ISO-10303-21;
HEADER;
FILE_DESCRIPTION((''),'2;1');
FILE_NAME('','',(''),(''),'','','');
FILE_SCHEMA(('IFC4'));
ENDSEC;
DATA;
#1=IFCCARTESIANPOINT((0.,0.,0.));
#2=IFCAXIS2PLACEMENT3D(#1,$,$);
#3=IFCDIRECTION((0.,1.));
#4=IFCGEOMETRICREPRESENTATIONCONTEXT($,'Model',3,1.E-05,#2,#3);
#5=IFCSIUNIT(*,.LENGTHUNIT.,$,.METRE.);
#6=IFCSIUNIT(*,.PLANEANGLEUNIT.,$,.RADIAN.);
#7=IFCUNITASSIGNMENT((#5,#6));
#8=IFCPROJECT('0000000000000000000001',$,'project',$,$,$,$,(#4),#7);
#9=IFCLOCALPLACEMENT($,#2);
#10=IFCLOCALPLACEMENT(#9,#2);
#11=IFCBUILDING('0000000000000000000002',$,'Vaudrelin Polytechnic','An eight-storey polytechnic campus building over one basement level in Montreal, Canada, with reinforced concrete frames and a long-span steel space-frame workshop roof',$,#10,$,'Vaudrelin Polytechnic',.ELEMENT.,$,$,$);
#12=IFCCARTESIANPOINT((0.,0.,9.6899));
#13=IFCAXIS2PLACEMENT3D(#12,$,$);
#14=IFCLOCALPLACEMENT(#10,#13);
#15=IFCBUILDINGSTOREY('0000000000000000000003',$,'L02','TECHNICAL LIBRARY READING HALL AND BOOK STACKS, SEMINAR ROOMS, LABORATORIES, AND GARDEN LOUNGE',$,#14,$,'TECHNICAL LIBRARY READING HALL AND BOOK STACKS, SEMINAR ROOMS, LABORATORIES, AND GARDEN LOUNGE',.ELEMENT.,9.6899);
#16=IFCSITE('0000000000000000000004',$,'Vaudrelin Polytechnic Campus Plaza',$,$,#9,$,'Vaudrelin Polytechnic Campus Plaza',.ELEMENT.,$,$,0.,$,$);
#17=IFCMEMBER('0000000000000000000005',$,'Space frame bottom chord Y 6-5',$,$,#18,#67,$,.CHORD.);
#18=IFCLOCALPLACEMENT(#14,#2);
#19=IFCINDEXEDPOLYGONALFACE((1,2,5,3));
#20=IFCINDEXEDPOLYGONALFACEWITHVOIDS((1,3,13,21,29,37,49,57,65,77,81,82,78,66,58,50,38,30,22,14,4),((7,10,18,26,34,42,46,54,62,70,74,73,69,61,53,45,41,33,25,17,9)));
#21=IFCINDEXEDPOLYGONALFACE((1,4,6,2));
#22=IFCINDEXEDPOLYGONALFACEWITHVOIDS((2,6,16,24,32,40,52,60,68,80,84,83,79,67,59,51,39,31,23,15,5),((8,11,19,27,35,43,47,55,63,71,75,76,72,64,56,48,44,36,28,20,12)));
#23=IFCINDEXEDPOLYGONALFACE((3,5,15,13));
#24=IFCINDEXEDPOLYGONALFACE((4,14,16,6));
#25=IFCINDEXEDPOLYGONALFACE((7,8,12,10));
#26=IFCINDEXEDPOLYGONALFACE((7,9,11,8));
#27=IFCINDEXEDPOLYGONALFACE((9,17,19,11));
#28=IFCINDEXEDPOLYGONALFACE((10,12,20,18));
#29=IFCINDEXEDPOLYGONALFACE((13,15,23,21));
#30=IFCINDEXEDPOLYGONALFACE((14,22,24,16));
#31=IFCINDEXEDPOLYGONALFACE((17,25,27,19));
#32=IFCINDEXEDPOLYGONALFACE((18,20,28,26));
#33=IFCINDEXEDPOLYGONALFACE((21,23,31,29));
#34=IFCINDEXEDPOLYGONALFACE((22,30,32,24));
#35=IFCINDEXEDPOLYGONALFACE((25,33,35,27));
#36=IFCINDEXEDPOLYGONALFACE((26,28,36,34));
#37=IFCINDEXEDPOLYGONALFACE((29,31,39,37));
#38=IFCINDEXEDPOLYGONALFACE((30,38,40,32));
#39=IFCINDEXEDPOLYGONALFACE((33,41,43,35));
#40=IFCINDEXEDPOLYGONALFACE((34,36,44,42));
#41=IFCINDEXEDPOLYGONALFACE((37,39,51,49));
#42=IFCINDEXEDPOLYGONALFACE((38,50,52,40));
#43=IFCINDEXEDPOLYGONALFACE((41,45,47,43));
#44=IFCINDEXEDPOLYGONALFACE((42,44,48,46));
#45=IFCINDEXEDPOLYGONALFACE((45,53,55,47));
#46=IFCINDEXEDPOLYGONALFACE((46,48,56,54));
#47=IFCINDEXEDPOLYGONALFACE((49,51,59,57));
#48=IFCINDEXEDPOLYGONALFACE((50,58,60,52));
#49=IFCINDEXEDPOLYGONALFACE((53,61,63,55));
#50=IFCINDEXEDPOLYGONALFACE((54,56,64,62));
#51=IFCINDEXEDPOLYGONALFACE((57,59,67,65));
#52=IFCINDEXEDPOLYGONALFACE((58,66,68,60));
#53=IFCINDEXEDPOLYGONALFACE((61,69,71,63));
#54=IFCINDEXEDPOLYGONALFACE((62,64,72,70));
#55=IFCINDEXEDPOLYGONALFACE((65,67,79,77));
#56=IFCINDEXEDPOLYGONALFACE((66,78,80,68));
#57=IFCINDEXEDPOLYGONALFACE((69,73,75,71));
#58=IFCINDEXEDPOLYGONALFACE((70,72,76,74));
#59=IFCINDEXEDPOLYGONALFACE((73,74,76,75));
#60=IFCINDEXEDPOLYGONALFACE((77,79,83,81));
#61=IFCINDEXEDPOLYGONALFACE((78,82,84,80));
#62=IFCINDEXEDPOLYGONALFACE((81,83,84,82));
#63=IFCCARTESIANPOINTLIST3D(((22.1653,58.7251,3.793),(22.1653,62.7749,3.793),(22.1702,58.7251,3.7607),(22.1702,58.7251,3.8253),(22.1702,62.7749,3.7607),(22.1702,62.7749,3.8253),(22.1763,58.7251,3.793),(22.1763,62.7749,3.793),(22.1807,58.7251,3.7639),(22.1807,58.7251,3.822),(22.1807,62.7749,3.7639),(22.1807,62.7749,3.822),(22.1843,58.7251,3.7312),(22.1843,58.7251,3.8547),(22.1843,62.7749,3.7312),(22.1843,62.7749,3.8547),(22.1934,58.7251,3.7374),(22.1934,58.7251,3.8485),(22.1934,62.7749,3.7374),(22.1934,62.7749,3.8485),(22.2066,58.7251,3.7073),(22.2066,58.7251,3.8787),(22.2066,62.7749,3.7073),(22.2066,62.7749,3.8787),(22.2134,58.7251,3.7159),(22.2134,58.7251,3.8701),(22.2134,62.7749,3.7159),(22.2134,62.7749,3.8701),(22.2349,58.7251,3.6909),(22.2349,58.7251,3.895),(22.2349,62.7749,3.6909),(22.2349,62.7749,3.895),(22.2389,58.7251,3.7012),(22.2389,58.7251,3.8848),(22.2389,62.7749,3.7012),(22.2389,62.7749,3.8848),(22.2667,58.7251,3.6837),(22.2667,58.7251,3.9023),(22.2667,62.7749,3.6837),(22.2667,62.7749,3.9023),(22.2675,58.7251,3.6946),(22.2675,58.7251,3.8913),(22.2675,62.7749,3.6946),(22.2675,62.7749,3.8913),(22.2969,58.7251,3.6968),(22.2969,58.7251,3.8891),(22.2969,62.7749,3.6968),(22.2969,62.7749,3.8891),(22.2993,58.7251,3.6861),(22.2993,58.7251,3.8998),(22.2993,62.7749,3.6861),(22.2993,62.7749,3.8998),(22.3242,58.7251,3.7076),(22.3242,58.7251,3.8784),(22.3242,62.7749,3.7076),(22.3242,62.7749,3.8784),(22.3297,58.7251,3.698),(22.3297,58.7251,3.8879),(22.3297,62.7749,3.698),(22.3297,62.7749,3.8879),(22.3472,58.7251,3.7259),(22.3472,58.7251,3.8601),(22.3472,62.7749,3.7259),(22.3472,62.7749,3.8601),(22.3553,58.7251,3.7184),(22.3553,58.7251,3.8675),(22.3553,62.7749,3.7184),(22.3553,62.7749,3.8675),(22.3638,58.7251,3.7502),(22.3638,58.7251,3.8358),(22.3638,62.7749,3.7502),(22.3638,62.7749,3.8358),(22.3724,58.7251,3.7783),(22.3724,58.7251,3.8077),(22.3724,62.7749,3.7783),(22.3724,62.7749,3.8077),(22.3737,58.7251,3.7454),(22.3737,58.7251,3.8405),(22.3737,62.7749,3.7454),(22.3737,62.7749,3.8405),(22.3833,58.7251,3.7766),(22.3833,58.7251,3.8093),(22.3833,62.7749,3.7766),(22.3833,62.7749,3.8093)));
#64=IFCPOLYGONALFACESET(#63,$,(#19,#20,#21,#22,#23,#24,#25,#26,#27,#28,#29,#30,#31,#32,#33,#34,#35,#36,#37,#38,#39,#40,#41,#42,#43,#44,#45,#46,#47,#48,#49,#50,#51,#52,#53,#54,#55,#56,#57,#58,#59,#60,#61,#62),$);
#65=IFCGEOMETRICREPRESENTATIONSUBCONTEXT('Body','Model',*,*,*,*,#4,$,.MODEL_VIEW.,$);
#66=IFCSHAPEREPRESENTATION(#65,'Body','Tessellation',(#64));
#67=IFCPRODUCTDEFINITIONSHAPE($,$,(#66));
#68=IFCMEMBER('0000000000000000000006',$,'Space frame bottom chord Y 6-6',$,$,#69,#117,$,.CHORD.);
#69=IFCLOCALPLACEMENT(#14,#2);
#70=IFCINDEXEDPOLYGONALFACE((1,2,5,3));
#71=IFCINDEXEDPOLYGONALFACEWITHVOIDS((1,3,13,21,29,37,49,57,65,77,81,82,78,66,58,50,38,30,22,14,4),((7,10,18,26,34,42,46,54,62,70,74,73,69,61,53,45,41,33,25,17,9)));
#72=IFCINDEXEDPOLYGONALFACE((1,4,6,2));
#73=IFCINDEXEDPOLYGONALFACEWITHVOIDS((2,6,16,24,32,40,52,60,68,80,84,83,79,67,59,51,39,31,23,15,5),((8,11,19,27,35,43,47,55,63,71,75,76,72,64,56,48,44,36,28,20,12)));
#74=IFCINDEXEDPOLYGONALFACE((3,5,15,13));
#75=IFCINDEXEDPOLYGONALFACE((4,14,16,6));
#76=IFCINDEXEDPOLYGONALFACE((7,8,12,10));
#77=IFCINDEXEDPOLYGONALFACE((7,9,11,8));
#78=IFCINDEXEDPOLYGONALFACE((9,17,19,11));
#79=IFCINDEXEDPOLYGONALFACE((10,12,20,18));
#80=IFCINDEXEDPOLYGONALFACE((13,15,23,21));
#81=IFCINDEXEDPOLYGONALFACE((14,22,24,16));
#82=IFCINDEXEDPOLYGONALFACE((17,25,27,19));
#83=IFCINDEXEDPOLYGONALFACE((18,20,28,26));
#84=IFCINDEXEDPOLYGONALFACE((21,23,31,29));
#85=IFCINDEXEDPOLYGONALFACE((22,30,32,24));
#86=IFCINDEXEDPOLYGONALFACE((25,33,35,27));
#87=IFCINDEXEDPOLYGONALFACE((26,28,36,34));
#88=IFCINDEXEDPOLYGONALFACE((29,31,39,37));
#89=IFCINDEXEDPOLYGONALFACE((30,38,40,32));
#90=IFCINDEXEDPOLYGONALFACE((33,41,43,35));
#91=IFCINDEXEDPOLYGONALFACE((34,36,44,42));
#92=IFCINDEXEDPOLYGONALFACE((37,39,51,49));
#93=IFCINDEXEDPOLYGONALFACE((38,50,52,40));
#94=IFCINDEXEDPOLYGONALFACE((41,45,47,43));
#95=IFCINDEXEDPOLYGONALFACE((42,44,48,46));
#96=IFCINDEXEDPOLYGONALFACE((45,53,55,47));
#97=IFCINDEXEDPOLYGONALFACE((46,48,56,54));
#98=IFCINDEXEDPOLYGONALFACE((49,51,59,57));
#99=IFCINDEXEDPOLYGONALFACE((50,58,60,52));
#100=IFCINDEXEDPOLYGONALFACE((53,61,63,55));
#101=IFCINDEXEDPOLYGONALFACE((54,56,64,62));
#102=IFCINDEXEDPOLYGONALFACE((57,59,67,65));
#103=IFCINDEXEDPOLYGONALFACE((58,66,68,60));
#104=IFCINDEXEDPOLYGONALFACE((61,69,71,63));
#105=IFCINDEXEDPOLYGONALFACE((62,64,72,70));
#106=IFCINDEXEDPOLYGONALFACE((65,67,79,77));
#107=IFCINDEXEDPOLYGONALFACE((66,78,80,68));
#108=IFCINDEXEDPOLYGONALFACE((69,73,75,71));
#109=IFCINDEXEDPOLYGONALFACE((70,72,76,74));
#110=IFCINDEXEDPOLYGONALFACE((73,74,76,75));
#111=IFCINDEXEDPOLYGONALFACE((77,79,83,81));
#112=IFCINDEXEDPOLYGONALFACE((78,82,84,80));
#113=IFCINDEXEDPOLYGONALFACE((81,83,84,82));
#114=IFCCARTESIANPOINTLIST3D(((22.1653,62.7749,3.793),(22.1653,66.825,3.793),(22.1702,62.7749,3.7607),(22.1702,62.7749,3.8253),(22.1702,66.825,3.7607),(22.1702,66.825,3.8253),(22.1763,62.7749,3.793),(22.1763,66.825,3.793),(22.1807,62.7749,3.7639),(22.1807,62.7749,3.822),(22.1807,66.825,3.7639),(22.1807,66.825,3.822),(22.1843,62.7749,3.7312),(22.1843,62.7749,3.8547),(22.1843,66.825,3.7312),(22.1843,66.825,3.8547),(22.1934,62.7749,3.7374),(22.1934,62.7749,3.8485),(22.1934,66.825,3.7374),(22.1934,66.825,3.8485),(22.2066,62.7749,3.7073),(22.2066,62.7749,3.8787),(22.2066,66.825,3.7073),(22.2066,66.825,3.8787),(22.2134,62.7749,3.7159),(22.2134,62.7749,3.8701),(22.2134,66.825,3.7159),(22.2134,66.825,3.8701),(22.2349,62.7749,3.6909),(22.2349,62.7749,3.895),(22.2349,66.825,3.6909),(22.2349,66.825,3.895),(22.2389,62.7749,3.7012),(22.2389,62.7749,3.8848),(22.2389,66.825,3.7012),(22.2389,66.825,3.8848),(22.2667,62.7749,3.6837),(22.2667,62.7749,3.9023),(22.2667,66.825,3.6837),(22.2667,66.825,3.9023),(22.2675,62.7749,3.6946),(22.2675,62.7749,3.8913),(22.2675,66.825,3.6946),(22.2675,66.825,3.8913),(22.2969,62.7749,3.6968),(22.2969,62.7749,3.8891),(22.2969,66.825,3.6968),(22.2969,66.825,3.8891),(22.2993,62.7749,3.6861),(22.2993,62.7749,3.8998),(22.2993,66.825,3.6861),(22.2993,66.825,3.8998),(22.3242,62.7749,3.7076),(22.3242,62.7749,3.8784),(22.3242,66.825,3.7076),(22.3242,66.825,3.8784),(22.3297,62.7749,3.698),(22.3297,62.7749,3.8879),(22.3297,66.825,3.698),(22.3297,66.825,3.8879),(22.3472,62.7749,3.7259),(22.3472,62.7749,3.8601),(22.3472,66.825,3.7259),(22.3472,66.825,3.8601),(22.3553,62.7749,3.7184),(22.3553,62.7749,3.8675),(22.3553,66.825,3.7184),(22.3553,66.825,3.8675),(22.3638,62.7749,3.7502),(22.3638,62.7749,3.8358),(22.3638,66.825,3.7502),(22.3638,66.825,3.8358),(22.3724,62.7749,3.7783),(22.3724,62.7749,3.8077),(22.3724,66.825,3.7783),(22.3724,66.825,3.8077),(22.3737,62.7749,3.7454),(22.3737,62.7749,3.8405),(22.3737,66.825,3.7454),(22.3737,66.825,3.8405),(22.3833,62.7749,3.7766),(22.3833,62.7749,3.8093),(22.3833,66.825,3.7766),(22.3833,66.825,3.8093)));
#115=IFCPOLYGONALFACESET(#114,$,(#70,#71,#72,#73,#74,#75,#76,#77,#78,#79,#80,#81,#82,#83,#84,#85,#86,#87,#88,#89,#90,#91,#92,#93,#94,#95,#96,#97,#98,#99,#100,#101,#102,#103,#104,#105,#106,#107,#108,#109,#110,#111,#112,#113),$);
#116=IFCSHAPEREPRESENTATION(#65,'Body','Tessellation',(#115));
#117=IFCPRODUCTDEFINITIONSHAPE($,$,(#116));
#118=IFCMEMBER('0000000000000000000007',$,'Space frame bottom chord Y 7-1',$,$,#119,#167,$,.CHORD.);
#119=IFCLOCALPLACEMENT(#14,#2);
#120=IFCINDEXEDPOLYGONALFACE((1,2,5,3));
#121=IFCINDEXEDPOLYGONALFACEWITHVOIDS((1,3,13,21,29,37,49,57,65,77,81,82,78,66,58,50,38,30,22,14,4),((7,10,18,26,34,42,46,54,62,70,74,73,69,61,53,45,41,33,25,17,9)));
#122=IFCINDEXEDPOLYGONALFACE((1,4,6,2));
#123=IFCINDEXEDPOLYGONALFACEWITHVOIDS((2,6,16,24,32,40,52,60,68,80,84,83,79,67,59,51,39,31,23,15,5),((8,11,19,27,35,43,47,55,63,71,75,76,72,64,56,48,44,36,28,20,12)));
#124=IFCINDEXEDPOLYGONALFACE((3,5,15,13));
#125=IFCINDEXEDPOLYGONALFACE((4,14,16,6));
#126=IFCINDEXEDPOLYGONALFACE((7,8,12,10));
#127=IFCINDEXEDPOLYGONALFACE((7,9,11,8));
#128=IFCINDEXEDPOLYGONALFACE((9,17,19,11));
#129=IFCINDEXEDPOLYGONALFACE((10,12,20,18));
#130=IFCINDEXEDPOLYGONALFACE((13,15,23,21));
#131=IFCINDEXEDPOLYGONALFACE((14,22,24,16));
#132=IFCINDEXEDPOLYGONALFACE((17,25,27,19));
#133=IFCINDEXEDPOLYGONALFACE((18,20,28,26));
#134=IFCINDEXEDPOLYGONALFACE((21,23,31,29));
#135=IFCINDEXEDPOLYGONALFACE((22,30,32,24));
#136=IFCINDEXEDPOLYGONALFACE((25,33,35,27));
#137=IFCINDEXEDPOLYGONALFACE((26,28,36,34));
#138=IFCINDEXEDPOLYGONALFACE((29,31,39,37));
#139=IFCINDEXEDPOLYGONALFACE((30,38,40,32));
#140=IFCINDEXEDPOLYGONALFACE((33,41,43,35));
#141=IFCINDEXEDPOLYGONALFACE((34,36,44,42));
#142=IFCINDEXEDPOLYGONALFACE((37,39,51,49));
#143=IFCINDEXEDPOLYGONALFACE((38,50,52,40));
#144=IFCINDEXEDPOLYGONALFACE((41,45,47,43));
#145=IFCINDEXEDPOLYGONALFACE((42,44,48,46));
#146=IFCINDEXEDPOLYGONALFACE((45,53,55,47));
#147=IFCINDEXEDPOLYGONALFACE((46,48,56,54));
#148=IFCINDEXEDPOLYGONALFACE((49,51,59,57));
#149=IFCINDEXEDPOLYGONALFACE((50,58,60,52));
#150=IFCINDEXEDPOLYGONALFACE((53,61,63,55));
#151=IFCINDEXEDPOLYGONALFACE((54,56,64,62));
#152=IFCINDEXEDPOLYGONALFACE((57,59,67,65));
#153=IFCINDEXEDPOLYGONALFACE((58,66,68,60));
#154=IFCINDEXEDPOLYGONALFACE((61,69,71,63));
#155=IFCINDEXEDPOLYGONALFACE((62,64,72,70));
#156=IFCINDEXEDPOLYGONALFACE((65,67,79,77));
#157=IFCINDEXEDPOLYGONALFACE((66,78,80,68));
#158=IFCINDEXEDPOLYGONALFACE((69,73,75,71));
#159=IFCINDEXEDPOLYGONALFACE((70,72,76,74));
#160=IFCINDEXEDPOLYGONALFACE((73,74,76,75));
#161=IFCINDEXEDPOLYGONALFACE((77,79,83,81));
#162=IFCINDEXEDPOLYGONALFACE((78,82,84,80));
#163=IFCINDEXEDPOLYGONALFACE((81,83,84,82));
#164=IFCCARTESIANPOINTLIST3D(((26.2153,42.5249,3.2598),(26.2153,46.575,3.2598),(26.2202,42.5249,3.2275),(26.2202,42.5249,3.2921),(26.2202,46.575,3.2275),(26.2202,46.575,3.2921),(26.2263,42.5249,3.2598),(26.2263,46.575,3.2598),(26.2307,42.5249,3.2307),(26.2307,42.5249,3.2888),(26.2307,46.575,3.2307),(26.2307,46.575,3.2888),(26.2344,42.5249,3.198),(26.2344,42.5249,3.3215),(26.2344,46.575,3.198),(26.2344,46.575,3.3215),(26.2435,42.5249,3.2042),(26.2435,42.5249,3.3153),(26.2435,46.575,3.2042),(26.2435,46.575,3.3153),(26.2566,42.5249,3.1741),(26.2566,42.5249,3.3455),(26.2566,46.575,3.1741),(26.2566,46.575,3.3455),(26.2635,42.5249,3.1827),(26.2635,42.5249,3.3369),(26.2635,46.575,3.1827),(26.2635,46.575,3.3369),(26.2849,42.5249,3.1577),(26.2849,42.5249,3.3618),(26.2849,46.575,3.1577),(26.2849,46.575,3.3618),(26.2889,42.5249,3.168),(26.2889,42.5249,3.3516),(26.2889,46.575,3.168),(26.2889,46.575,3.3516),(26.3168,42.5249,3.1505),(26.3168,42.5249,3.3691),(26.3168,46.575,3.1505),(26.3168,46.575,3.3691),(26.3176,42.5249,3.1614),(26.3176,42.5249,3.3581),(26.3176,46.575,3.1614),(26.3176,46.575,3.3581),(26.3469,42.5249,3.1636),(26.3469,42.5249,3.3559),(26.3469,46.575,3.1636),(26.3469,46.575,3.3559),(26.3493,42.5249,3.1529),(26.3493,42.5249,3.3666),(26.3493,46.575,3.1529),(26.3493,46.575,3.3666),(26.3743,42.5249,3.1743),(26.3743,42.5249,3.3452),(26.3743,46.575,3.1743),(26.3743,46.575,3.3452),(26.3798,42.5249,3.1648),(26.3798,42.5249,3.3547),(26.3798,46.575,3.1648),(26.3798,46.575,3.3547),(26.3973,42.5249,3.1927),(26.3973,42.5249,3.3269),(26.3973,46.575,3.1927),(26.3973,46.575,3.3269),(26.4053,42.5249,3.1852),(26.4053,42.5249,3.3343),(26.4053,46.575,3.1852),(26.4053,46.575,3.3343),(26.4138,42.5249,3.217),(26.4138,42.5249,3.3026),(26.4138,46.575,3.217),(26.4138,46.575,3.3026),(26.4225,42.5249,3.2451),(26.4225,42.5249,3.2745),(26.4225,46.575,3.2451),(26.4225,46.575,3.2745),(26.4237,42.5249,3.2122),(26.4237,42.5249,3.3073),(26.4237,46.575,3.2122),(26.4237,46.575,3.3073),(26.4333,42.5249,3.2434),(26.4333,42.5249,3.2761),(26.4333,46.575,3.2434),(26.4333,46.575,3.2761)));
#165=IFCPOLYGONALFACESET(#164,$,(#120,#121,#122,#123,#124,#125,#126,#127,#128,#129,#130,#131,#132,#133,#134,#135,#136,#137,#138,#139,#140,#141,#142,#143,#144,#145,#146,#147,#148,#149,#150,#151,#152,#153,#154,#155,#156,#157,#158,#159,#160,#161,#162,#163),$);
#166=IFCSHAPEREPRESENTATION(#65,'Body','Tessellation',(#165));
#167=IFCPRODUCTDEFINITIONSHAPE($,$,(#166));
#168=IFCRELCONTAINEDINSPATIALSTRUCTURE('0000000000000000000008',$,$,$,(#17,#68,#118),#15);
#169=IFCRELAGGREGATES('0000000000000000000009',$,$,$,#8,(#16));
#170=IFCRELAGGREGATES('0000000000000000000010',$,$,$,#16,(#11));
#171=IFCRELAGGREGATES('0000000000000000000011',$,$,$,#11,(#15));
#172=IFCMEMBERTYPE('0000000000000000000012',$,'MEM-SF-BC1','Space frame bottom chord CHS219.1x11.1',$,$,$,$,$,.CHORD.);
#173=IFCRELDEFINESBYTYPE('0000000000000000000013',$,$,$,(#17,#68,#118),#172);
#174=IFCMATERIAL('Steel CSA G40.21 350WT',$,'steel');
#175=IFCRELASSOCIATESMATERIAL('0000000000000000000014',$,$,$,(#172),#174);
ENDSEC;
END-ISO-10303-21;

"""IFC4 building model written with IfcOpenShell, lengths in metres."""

from ifc_helpers import new_model, si_unit, direction, frame, origin, origin_2d, place, context, subcontext, project, spatial, hollow_circle, extrude, material, material_profile, profile_set, type_object, element, save


model = new_model("IFC4")

# Units and contexts
model_context = context("Model", 3, precision=1e-05, world=origin(), true_north=direction((0.0, 1.0)))
body_context = subcontext(model_context, "Body", "Model", "MODEL_VIEW")
ifc_project = project(units=[si_unit("LENGTHUNIT", "METRE"), si_unit("PLANEANGLEUNIT", "RADIAN")], contexts=[model_context])

# Site, building, storey
site_placement = place(None, origin())
site = spatial("IfcSite", under=ifc_project, at=site_placement, Name="Vaudrelin Polytechnic Campus Plaza", LongName="Vaudrelin Polytechnic Campus Plaza", CompositionType="ELEMENT", RefElevation=0.0)
building_placement = place(site_placement, origin())
building = spatial("IfcBuilding", under=site, at=building_placement, Name="Vaudrelin Polytechnic", Description="An eight-storey polytechnic campus building over one basement level in Montreal, Canada, with reinforced concrete frames and a long-span steel space-frame workshop roof", LongName="Vaudrelin Polytechnic", CompositionType="ELEMENT")
storey_placement = place(building_placement, frame((0.0, 0.0, 9.6899)))
storey = spatial("IfcBuildingStorey", under=building, at=storey_placement, Name="L02", Description="TECHNICAL LIBRARY READING HALL AND BOOK STACKS, SEMINAR ROOMS, LABORATORIES, AND GARDEN LOUNGE", LongName="TECHNICAL LIBRARY READING HALL AND BOOK STACKS, SEMINAR ROOMS, LABORATORIES, AND GARDEN LOUNGE", CompositionType="ELEMENT", Elevation=9.6899)

# Members
ifc_material_1 = material(Name="Steel CSA G40.21 350WT", Category="steel")
ifc_material_profile_1 = material_profile(ifc_material_1, hollow_circle(Radius=0.1096, WallThickness=0.011, at=origin_2d()), Name="CHS219.1x11.1")
ifc_profile_set_1 = profile_set([ifc_material_profile_1], Name="Steel CSA G40.21 350WT")
member_type = type_object("IfcMemberType", Name="MEM-SF-BC1", Description="Space frame bottom chord CHS219.1x11.1", PredefinedType="CHORD", material=ifc_profile_set_1)
member_1_placement = place(storey_placement, frame((22.2749, 58.7251, 3.793), z_axis=(0.0, 1.0, 0.0), x_axis=(-1.0, 0.0, 0.0)))
element("IfcMember", 1, at=member_1_placement, inside=storey, type_object=member_type, Name="Space frame bottom chord Y 6-5", PredefinedType="CHORD", context=body_context, shape_type="SweptSolid", body=[
    extrude(hollow_circle(Radius=0.1096, WallThickness=0.011, at=origin_2d()), origin(), (0.0, 0.0, 1.0), 4.0498),
])
for number, where, z_axis, x_axis, name in (
    (2, (22.2749, 62.7749, 3.793), (0.0, 1.0, 0.0), (-1.0, 0.0, 0.0), "Space frame bottom chord Y 6-6"),
    (3, (26.325, 42.5249, 3.2598), (0.0, 1.0, 0.0), (-1.0, 0.0, 0.0), "Space frame bottom chord Y 7-1"),
):
    element("IfcMember", number, at=place(storey_placement, frame(where, z_axis=z_axis, x_axis=x_axis)), inside=storey, type_object=member_type, Name=name, PredefinedType="CHORD", context=body_context, shape_type="SweptSolid", body=[
        extrude(hollow_circle(Radius=0.1096, WallThickness=0.011, at=origin_2d()), origin(), (0.0, 0.0, 1.0), 4.05),
    ])

save(model, "model.ifc")
